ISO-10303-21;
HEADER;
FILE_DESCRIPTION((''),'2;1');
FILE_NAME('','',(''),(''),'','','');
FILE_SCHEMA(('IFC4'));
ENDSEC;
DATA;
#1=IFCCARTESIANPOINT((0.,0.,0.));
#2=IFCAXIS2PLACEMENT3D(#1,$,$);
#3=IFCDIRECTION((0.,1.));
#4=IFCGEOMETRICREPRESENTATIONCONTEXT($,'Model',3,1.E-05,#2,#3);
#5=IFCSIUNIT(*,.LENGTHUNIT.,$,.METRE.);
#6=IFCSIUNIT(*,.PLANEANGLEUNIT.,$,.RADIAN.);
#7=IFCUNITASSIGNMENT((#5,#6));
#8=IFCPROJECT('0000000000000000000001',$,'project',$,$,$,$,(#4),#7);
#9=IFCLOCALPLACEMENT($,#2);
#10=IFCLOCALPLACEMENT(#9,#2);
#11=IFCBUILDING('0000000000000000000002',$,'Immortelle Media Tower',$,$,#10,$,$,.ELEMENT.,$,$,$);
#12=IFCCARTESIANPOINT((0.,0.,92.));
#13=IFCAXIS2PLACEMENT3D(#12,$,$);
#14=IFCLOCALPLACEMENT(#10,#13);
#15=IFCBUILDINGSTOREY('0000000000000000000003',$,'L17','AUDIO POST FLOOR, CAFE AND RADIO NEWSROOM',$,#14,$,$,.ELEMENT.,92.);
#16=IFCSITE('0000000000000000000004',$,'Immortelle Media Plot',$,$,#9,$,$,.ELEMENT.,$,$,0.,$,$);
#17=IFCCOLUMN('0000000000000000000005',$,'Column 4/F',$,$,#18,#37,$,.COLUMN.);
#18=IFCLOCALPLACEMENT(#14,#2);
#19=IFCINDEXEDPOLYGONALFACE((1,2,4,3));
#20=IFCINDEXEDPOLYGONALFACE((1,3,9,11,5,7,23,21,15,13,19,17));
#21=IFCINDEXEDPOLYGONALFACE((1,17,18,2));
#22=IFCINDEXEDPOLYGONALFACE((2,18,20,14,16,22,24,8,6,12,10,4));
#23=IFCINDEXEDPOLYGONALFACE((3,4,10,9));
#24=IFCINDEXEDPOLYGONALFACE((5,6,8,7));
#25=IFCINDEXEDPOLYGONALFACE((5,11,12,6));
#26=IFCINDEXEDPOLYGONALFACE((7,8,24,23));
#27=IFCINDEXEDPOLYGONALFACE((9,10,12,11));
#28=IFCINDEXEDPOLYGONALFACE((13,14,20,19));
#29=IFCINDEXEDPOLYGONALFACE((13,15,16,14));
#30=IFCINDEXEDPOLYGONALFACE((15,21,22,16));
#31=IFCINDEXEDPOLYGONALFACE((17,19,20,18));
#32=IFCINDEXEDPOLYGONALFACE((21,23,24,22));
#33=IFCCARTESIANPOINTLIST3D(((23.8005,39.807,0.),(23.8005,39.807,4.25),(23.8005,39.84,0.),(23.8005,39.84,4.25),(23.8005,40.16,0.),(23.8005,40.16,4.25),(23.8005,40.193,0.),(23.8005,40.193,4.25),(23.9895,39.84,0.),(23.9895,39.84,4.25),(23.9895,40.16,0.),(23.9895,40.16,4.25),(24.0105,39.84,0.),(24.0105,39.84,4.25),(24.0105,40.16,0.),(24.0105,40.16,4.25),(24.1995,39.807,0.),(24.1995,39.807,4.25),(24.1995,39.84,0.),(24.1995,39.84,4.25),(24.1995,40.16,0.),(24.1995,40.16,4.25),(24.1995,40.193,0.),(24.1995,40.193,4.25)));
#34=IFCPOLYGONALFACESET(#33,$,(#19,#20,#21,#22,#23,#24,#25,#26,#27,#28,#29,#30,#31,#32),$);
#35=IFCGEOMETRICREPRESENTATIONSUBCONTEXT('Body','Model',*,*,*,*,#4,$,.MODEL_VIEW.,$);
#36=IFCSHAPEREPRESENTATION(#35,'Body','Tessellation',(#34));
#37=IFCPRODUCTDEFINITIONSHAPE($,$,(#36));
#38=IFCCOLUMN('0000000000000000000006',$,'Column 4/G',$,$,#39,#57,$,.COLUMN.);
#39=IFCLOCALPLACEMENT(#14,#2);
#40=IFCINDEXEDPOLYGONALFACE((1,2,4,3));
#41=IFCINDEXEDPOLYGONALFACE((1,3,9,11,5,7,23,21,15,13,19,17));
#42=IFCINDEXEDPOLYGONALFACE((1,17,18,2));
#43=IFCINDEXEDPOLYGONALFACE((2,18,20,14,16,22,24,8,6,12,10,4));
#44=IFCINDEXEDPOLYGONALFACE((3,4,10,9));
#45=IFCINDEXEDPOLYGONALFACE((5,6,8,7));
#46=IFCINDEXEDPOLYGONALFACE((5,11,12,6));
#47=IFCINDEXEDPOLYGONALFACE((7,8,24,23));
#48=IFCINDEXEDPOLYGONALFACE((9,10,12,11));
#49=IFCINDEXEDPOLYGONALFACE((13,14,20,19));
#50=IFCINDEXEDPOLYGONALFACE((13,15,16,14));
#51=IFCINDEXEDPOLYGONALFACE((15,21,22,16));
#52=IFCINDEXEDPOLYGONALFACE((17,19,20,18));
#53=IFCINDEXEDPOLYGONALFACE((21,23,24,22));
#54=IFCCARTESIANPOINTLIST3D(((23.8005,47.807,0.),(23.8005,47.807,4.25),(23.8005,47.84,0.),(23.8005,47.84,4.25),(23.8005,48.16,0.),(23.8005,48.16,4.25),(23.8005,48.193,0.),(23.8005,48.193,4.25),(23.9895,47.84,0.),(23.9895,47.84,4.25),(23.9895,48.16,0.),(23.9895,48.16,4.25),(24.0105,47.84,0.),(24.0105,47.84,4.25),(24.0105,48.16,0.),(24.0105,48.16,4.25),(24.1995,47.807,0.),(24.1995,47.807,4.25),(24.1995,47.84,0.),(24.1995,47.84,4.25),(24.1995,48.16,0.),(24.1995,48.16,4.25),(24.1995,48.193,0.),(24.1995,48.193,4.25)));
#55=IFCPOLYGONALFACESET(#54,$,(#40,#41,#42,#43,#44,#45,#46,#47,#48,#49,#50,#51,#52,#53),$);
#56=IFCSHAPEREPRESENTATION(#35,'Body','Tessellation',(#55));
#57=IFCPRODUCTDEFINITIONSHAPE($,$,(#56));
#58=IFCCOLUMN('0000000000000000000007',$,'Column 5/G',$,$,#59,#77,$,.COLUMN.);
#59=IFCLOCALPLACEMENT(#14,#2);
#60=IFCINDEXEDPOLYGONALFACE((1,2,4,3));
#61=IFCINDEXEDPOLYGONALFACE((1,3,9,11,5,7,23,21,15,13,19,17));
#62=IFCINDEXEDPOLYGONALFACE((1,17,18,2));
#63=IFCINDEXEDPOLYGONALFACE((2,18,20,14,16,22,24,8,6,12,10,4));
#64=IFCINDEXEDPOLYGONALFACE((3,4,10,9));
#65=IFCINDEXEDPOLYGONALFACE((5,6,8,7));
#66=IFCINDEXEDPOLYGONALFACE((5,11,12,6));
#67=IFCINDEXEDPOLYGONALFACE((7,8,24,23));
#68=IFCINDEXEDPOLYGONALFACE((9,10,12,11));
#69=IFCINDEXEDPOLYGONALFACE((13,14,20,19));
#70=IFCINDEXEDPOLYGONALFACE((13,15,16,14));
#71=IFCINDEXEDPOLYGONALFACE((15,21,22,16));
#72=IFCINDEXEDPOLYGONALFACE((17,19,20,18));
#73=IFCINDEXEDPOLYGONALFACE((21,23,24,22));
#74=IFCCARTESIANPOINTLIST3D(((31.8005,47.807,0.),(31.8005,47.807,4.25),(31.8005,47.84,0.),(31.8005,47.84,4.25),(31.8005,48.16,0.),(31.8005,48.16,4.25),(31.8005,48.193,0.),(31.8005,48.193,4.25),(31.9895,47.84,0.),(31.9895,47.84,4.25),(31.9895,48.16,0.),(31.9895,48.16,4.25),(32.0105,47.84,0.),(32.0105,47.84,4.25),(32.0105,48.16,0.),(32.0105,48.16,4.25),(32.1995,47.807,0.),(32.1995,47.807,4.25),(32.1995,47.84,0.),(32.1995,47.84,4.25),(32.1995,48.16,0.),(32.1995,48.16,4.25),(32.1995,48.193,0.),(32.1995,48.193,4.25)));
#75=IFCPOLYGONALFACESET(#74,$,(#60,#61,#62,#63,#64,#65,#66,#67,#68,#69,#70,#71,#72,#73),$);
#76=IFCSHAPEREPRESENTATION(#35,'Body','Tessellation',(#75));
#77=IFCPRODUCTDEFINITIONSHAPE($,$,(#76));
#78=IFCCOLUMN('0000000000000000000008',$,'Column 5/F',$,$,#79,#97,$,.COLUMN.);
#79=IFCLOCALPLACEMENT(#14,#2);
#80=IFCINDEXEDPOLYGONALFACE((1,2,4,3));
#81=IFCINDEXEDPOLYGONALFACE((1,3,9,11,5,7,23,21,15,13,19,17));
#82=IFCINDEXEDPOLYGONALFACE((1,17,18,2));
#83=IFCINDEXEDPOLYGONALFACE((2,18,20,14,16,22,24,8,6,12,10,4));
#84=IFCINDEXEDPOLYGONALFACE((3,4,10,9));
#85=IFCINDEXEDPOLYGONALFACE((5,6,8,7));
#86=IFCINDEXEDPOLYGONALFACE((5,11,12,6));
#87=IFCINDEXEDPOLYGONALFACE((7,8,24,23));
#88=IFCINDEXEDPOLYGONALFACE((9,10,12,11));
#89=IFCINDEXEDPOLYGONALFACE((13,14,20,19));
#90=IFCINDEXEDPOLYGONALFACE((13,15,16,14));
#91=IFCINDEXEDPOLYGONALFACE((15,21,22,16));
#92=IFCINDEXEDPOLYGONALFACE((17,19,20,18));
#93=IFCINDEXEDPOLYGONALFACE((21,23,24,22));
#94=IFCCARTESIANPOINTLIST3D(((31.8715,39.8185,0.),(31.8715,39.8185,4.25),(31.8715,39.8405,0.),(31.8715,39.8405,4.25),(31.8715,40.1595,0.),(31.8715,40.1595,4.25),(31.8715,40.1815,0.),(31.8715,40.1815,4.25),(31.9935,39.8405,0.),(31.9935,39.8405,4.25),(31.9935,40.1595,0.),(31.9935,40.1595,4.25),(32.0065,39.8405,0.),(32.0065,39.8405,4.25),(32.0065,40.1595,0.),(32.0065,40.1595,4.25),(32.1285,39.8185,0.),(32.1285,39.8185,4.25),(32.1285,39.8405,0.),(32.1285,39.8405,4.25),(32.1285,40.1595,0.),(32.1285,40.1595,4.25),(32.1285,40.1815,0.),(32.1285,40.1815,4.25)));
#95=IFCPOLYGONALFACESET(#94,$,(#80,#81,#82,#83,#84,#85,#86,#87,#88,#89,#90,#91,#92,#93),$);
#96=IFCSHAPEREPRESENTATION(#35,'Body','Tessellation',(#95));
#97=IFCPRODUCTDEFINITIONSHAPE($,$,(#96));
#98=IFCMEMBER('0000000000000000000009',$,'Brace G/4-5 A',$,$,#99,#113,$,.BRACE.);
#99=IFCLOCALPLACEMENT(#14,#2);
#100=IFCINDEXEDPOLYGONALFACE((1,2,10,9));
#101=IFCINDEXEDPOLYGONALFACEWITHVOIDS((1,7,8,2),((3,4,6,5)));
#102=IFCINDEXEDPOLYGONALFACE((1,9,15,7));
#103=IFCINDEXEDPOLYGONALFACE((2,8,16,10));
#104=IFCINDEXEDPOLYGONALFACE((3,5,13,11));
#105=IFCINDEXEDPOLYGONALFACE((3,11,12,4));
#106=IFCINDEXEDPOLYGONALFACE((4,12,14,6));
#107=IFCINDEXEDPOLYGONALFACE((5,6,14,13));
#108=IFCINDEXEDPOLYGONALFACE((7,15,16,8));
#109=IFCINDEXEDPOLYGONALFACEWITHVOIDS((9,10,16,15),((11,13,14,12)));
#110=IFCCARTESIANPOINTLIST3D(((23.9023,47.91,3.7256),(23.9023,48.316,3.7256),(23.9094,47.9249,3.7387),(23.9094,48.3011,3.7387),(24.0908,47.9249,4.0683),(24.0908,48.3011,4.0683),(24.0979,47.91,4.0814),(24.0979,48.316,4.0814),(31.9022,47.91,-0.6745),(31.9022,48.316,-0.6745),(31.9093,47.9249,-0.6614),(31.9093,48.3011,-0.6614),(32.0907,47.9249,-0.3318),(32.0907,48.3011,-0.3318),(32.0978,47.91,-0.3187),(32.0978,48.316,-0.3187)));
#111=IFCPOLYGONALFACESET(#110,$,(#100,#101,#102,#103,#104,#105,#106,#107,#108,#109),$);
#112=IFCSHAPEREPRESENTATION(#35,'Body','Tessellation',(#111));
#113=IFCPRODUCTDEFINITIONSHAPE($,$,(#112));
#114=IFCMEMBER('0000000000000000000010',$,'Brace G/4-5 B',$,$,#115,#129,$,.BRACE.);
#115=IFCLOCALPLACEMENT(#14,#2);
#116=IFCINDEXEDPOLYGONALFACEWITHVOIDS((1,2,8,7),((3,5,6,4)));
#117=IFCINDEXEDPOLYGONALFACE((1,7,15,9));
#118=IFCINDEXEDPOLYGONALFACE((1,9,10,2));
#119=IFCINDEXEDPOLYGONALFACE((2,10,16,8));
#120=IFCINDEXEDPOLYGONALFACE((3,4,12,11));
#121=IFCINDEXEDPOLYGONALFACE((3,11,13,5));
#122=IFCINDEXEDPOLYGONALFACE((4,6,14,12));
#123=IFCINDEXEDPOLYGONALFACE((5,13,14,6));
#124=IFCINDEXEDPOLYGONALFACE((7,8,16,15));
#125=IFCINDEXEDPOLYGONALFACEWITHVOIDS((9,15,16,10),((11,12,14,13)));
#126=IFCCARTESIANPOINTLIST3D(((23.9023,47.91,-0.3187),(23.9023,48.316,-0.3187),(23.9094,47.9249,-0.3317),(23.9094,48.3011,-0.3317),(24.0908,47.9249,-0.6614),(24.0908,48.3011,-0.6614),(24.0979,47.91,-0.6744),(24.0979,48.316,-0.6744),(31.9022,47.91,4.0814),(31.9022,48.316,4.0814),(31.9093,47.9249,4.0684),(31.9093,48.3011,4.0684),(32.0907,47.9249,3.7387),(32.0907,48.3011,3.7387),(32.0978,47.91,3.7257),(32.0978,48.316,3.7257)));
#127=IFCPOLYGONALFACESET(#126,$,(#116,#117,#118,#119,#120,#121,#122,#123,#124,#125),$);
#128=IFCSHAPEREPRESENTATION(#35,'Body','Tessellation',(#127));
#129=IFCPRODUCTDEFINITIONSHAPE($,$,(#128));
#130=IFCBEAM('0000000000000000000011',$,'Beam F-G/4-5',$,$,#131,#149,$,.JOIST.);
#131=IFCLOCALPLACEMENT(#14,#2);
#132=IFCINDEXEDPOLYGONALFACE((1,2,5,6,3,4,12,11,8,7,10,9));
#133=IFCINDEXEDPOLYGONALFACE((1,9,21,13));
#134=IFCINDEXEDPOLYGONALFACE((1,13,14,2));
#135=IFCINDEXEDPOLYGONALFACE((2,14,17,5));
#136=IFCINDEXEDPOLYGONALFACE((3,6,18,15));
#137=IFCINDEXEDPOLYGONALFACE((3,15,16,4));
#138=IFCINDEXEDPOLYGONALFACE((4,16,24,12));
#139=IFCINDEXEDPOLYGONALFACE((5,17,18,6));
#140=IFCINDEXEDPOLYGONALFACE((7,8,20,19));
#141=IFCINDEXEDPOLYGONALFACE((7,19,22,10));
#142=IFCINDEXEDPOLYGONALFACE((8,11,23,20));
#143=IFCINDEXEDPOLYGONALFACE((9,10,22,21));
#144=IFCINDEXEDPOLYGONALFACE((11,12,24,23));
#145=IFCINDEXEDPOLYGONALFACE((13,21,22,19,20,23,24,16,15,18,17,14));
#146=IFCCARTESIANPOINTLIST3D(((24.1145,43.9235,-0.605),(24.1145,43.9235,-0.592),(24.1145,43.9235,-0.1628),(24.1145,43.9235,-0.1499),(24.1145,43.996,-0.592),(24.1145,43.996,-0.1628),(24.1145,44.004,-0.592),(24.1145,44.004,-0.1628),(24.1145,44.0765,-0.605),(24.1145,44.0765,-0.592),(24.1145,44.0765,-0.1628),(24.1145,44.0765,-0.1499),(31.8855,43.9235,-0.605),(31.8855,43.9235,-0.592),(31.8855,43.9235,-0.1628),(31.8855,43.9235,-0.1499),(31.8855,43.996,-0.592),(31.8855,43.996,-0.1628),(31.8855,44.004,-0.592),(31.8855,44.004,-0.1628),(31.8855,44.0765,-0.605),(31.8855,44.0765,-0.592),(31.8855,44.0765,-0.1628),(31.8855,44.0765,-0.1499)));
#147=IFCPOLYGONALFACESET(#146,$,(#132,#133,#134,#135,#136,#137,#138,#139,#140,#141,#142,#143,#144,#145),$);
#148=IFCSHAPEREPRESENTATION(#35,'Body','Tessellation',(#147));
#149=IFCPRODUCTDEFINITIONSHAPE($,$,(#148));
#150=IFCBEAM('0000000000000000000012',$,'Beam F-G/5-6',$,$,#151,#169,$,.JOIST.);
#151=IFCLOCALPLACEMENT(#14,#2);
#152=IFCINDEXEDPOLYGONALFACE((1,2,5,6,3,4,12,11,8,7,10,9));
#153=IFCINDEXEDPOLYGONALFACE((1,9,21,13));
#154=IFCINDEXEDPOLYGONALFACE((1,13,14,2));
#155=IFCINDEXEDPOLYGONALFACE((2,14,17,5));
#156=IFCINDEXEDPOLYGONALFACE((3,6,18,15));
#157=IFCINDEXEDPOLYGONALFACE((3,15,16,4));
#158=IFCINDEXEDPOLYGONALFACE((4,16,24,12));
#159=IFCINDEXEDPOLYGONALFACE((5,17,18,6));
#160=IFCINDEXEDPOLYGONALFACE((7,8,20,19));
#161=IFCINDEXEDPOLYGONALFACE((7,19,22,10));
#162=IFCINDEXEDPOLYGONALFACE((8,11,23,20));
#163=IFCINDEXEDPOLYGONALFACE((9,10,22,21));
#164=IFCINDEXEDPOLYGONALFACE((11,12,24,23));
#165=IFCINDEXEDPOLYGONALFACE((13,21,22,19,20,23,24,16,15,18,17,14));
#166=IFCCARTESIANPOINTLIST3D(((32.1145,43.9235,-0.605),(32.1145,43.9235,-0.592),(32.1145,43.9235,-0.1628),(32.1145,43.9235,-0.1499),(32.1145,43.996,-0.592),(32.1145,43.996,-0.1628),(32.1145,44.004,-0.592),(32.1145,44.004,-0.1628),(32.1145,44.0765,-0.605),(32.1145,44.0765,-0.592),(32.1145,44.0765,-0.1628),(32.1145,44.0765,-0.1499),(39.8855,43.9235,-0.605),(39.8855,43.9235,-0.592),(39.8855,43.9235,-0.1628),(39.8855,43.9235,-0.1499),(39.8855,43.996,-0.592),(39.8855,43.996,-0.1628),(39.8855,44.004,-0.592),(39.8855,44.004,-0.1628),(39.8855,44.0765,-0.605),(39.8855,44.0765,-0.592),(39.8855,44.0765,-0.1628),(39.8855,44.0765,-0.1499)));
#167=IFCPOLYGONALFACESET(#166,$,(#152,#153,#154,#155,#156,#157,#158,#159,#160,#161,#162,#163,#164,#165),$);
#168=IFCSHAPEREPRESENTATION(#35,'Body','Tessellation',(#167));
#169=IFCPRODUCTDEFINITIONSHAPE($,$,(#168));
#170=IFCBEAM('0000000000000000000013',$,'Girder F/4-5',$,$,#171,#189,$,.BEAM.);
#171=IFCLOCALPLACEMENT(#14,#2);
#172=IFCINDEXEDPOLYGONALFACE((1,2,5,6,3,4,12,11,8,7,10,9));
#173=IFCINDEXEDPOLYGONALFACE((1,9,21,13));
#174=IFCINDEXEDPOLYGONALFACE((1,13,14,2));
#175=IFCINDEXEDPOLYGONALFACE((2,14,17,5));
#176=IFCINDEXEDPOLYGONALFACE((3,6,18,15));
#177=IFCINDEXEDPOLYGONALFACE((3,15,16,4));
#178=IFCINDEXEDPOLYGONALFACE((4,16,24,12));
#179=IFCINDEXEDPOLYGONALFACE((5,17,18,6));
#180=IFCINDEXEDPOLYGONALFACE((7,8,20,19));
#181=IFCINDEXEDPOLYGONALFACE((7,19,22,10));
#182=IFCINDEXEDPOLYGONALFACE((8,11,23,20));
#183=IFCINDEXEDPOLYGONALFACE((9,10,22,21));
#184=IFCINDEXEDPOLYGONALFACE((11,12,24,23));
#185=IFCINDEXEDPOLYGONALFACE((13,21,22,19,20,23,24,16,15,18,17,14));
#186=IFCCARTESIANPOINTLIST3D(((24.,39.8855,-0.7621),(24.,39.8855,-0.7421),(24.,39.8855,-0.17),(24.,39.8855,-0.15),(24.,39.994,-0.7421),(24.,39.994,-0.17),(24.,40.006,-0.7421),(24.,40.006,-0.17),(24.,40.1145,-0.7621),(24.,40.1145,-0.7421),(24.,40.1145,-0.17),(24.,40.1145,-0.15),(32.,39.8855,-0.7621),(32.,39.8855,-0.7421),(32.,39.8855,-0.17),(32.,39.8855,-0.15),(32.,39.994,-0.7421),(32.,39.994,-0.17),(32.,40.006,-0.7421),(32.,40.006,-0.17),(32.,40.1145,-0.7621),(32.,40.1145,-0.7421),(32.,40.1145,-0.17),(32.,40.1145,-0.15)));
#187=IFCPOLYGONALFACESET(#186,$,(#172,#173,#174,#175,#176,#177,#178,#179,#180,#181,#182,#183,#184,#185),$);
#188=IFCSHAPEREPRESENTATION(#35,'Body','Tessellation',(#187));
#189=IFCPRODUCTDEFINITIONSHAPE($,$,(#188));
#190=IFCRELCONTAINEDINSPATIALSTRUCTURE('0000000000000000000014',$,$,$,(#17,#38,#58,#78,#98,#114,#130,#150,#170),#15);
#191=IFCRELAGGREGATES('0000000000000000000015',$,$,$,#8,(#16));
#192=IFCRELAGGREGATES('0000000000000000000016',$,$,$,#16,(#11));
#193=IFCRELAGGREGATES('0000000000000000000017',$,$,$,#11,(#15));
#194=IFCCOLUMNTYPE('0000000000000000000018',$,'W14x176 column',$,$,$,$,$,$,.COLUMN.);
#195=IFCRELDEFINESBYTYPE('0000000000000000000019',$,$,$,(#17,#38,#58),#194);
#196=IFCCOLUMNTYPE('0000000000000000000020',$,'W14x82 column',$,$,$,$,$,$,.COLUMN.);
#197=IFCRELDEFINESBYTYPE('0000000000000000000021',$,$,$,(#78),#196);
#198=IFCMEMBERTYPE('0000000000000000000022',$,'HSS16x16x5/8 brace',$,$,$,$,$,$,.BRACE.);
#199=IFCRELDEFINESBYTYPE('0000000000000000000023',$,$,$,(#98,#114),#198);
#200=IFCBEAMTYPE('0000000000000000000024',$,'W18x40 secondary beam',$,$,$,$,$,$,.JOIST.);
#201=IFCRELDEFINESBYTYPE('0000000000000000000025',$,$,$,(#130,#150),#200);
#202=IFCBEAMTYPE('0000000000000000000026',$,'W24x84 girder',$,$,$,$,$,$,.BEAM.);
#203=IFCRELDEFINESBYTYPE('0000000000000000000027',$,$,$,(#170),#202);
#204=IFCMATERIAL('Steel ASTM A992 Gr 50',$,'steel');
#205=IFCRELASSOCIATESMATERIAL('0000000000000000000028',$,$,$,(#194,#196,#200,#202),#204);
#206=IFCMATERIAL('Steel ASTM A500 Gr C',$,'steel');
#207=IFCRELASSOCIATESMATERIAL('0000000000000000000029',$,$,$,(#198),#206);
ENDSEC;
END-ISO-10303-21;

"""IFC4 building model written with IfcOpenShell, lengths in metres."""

from ifc_helpers import new_model, si_unit, direction, frame, origin, origin_2d, place, context, subcontext, project, spatial, hollow_rectangle, i_section, extrude, material, material_profile, profile_set, type_object, element, save


model = new_model("IFC4")

# Units and contexts
model_context = context("Model", 3, precision=1e-05, world=origin(), true_north=direction((0.0, 1.0)))
body_context = subcontext(model_context, "Body", "Model", "MODEL_VIEW")
ifc_project = project(units=[si_unit("LENGTHUNIT", "METRE"), si_unit("PLANEANGLEUNIT", "RADIAN")], contexts=[model_context])

# Site, building, storey
site_placement = place(None, origin())
site = spatial("IfcSite", under=ifc_project, at=site_placement, Name="Immortelle Media Plot", CompositionType="ELEMENT", RefElevation=0.0)
building_placement = place(site_placement, origin())
building = spatial("IfcBuilding", under=site, at=building_placement, Name="Immortelle Media Tower", CompositionType="ELEMENT")
storey_placement = place(building_placement, frame((0.0, 0.0, 92.0)))
storey = spatial("IfcBuildingStorey", under=building, at=storey_placement, Name="L17", Description="AUDIO POST FLOOR, CAFE AND RADIO NEWSROOM", CompositionType="ELEMENT", Elevation=92.0)

# Columns
ifc_material_1 = material(Name="Steel ASTM A992 Gr 50", Category="steel")
ifc_material_profile_1 = material_profile(ifc_material_1, i_section(OverallWidth=0.3989, OverallDepth=0.386, WebThickness=0.021, FlangeThickness=0.033, at=origin_2d()), Name="W14x176")
ifc_profile_set_1 = profile_set([ifc_material_profile_1], Name="Steel ASTM A992 Gr 50")
column_type_1 = type_object("IfcColumnType", Name="W14x176 column", PredefinedType="COLUMN", material=ifc_profile_set_1)
for number, where, z_axis, x_axis, name in (
    (1, (24.0, 40.0, 0.0), (0.0, 0.0, 1.0), (1.0, 0.0, 0.0), "Column 4/F"),
    (2, (24.0, 48.0, 0.0), (0.0, 0.0, 1.0), (1.0, 0.0, 0.0), "Column 4/G"),
    (3, (32.0, 48.0, 0.0), (0.0, 0.0, 1.0), (1.0, 0.0, 0.0), "Column 5/G"),
):
    element("IfcColumn", number, at=place(storey_placement, frame(where, z_axis=z_axis, x_axis=x_axis)), inside=storey, type_object=column_type_1, Name=name, PredefinedType="COLUMN", context=body_context, shape_type="SweptSolid", body=[
        extrude(i_section(OverallWidth=0.3989, OverallDepth=0.386, WebThickness=0.021, FlangeThickness=0.033, at=origin_2d()), origin(), (0.0, 0.0, 1.0), 4.25),
    ])
ifc_material_profile_2 = material_profile(ifc_material_1, i_section(OverallWidth=0.2571, OverallDepth=0.363, WebThickness=0.0129, FlangeThickness=0.022, at=origin_2d()), Name="W14x82")
ifc_profile_set_2 = profile_set([ifc_material_profile_2], Name="Steel ASTM A992 Gr 50")
column_type_2 = type_object("IfcColumnType", Name="W14x82 column", PredefinedType="COLUMN", material=ifc_profile_set_2)
column_placement = place(storey_placement, frame((32.0, 40.0, 0.0), z_axis=(0.0, 0.0, 1.0), x_axis=(1.0, 0.0, 0.0)))
element("IfcColumn", 4, at=column_placement, inside=storey, type_object=column_type_2, Name="Column 5/F", PredefinedType="COLUMN", context=body_context, shape_type="SweptSolid", body=[
    extrude(i_section(OverallWidth=0.2571, OverallDepth=0.363, WebThickness=0.0129, FlangeThickness=0.022, at=origin_2d()), origin(), (0.0, 0.0, 1.0), 4.25),
])

# Members
ifc_material_2 = material(Name="Steel ASTM A500 Gr C", Category="steel")
ifc_material_profile_3 = material_profile(ifc_material_2, hollow_rectangle(XDim=0.406, YDim=0.406, WallThickness=0.0149, at=origin_2d()), Name="HSS16x16x5/8 brace")
ifc_profile_set_3 = profile_set([ifc_material_profile_3], Name="Steel ASTM A500 Gr C")
member_type = type_object("IfcMemberType", Name="HSS16x16x5/8 brace", PredefinedType="BRACE", material=ifc_profile_set_3)
for number, where, z_axis, x_axis, name in (
    (5, (32.0, 48.113, -0.4966), (-0.876209, 0.0, 0.481931), (0.0, -1.0, 0.0), "Brace G/4-5 A"),
    (6, (32.0, 48.113, 3.9036), (-0.876209, 0.0, -0.481931), (0.0, -1.0, 0.0), "Brace G/4-5 B"),
):
    element("IfcMember", number, at=place(storey_placement, frame(where, z_axis=z_axis, x_axis=x_axis)), inside=storey, type_object=member_type, Name=name, PredefinedType="BRACE", context=body_context, shape_type="SweptSolid", body=[
        extrude(hollow_rectangle(XDim=0.406, YDim=0.406, WallThickness=0.0149, at=origin_2d()), origin(), (0.0, 0.0, 1.0), 9.1301),
    ])

# Beams
ifc_material_profile_4 = material_profile(ifc_material_1, i_section(OverallWidth=0.1531, OverallDepth=0.4551, WebThickness=0.0081, FlangeThickness=0.0129, at=origin_2d()), Name="W18x40")
ifc_profile_set_4 = profile_set([ifc_material_profile_4], Name="Steel ASTM A992 Gr 50")
beam_type_1 = type_object("IfcBeamType", Name="W18x40 secondary beam", PredefinedType="JOIST", material=ifc_profile_set_4)
for number, where, z_axis, x_axis, name in (
    (7, (24.1145, 44.0, -0.3774), (1.0, 0.0, 0.0), (0.0, 1.0, 0.0), "Beam F-G/4-5"),
    (8, (32.1145, 44.0, -0.3774), (1.0, 0.0, 0.0), (0.0, 1.0, 0.0), "Beam F-G/5-6"),
):
    element("IfcBeam", number, at=place(storey_placement, frame(where, z_axis=z_axis, x_axis=x_axis)), inside=storey, type_object=beam_type_1, Name=name, PredefinedType="JOIST", context=body_context, shape_type="SweptSolid", body=[
        extrude(i_section(OverallWidth=0.1531, OverallDepth=0.4551, WebThickness=0.0081, FlangeThickness=0.0129, at=origin_2d()), origin(), (0.0, 0.0, 1.0), 7.771),
    ])
ifc_material_profile_5 = material_profile(ifc_material_1, i_section(OverallWidth=0.229, OverallDepth=0.6121, WebThickness=0.012, FlangeThickness=0.02, at=origin_2d()), Name="W24x84")
ifc_profile_set_5 = profile_set([ifc_material_profile_5], Name="Steel ASTM A992 Gr 50")
beam_type_2 = type_object("IfcBeamType", Name="W24x84 girder", PredefinedType="BEAM", material=ifc_profile_set_5)
for number, where, z_axis, x_axis, name in (
    (9, (24.0, 40.0, -0.4561), (1.0, 0.0, 0.0), (0.0, 1.0, 0.0), "Girder F/4-5"),
):
    element("IfcBeam", number, at=place(storey_placement, frame(where, z_axis=z_axis, x_axis=x_axis)), inside=storey, type_object=beam_type_2, Name=name, PredefinedType="BEAM", context=body_context, shape_type="SweptSolid", body=[
        extrude(i_section(OverallWidth=0.229, OverallDepth=0.6121, WebThickness=0.012, FlangeThickness=0.02, at=origin_2d()), origin(), (0.0, 0.0, 1.0), 8.0),
    ])

save(model, "model.ifc")
